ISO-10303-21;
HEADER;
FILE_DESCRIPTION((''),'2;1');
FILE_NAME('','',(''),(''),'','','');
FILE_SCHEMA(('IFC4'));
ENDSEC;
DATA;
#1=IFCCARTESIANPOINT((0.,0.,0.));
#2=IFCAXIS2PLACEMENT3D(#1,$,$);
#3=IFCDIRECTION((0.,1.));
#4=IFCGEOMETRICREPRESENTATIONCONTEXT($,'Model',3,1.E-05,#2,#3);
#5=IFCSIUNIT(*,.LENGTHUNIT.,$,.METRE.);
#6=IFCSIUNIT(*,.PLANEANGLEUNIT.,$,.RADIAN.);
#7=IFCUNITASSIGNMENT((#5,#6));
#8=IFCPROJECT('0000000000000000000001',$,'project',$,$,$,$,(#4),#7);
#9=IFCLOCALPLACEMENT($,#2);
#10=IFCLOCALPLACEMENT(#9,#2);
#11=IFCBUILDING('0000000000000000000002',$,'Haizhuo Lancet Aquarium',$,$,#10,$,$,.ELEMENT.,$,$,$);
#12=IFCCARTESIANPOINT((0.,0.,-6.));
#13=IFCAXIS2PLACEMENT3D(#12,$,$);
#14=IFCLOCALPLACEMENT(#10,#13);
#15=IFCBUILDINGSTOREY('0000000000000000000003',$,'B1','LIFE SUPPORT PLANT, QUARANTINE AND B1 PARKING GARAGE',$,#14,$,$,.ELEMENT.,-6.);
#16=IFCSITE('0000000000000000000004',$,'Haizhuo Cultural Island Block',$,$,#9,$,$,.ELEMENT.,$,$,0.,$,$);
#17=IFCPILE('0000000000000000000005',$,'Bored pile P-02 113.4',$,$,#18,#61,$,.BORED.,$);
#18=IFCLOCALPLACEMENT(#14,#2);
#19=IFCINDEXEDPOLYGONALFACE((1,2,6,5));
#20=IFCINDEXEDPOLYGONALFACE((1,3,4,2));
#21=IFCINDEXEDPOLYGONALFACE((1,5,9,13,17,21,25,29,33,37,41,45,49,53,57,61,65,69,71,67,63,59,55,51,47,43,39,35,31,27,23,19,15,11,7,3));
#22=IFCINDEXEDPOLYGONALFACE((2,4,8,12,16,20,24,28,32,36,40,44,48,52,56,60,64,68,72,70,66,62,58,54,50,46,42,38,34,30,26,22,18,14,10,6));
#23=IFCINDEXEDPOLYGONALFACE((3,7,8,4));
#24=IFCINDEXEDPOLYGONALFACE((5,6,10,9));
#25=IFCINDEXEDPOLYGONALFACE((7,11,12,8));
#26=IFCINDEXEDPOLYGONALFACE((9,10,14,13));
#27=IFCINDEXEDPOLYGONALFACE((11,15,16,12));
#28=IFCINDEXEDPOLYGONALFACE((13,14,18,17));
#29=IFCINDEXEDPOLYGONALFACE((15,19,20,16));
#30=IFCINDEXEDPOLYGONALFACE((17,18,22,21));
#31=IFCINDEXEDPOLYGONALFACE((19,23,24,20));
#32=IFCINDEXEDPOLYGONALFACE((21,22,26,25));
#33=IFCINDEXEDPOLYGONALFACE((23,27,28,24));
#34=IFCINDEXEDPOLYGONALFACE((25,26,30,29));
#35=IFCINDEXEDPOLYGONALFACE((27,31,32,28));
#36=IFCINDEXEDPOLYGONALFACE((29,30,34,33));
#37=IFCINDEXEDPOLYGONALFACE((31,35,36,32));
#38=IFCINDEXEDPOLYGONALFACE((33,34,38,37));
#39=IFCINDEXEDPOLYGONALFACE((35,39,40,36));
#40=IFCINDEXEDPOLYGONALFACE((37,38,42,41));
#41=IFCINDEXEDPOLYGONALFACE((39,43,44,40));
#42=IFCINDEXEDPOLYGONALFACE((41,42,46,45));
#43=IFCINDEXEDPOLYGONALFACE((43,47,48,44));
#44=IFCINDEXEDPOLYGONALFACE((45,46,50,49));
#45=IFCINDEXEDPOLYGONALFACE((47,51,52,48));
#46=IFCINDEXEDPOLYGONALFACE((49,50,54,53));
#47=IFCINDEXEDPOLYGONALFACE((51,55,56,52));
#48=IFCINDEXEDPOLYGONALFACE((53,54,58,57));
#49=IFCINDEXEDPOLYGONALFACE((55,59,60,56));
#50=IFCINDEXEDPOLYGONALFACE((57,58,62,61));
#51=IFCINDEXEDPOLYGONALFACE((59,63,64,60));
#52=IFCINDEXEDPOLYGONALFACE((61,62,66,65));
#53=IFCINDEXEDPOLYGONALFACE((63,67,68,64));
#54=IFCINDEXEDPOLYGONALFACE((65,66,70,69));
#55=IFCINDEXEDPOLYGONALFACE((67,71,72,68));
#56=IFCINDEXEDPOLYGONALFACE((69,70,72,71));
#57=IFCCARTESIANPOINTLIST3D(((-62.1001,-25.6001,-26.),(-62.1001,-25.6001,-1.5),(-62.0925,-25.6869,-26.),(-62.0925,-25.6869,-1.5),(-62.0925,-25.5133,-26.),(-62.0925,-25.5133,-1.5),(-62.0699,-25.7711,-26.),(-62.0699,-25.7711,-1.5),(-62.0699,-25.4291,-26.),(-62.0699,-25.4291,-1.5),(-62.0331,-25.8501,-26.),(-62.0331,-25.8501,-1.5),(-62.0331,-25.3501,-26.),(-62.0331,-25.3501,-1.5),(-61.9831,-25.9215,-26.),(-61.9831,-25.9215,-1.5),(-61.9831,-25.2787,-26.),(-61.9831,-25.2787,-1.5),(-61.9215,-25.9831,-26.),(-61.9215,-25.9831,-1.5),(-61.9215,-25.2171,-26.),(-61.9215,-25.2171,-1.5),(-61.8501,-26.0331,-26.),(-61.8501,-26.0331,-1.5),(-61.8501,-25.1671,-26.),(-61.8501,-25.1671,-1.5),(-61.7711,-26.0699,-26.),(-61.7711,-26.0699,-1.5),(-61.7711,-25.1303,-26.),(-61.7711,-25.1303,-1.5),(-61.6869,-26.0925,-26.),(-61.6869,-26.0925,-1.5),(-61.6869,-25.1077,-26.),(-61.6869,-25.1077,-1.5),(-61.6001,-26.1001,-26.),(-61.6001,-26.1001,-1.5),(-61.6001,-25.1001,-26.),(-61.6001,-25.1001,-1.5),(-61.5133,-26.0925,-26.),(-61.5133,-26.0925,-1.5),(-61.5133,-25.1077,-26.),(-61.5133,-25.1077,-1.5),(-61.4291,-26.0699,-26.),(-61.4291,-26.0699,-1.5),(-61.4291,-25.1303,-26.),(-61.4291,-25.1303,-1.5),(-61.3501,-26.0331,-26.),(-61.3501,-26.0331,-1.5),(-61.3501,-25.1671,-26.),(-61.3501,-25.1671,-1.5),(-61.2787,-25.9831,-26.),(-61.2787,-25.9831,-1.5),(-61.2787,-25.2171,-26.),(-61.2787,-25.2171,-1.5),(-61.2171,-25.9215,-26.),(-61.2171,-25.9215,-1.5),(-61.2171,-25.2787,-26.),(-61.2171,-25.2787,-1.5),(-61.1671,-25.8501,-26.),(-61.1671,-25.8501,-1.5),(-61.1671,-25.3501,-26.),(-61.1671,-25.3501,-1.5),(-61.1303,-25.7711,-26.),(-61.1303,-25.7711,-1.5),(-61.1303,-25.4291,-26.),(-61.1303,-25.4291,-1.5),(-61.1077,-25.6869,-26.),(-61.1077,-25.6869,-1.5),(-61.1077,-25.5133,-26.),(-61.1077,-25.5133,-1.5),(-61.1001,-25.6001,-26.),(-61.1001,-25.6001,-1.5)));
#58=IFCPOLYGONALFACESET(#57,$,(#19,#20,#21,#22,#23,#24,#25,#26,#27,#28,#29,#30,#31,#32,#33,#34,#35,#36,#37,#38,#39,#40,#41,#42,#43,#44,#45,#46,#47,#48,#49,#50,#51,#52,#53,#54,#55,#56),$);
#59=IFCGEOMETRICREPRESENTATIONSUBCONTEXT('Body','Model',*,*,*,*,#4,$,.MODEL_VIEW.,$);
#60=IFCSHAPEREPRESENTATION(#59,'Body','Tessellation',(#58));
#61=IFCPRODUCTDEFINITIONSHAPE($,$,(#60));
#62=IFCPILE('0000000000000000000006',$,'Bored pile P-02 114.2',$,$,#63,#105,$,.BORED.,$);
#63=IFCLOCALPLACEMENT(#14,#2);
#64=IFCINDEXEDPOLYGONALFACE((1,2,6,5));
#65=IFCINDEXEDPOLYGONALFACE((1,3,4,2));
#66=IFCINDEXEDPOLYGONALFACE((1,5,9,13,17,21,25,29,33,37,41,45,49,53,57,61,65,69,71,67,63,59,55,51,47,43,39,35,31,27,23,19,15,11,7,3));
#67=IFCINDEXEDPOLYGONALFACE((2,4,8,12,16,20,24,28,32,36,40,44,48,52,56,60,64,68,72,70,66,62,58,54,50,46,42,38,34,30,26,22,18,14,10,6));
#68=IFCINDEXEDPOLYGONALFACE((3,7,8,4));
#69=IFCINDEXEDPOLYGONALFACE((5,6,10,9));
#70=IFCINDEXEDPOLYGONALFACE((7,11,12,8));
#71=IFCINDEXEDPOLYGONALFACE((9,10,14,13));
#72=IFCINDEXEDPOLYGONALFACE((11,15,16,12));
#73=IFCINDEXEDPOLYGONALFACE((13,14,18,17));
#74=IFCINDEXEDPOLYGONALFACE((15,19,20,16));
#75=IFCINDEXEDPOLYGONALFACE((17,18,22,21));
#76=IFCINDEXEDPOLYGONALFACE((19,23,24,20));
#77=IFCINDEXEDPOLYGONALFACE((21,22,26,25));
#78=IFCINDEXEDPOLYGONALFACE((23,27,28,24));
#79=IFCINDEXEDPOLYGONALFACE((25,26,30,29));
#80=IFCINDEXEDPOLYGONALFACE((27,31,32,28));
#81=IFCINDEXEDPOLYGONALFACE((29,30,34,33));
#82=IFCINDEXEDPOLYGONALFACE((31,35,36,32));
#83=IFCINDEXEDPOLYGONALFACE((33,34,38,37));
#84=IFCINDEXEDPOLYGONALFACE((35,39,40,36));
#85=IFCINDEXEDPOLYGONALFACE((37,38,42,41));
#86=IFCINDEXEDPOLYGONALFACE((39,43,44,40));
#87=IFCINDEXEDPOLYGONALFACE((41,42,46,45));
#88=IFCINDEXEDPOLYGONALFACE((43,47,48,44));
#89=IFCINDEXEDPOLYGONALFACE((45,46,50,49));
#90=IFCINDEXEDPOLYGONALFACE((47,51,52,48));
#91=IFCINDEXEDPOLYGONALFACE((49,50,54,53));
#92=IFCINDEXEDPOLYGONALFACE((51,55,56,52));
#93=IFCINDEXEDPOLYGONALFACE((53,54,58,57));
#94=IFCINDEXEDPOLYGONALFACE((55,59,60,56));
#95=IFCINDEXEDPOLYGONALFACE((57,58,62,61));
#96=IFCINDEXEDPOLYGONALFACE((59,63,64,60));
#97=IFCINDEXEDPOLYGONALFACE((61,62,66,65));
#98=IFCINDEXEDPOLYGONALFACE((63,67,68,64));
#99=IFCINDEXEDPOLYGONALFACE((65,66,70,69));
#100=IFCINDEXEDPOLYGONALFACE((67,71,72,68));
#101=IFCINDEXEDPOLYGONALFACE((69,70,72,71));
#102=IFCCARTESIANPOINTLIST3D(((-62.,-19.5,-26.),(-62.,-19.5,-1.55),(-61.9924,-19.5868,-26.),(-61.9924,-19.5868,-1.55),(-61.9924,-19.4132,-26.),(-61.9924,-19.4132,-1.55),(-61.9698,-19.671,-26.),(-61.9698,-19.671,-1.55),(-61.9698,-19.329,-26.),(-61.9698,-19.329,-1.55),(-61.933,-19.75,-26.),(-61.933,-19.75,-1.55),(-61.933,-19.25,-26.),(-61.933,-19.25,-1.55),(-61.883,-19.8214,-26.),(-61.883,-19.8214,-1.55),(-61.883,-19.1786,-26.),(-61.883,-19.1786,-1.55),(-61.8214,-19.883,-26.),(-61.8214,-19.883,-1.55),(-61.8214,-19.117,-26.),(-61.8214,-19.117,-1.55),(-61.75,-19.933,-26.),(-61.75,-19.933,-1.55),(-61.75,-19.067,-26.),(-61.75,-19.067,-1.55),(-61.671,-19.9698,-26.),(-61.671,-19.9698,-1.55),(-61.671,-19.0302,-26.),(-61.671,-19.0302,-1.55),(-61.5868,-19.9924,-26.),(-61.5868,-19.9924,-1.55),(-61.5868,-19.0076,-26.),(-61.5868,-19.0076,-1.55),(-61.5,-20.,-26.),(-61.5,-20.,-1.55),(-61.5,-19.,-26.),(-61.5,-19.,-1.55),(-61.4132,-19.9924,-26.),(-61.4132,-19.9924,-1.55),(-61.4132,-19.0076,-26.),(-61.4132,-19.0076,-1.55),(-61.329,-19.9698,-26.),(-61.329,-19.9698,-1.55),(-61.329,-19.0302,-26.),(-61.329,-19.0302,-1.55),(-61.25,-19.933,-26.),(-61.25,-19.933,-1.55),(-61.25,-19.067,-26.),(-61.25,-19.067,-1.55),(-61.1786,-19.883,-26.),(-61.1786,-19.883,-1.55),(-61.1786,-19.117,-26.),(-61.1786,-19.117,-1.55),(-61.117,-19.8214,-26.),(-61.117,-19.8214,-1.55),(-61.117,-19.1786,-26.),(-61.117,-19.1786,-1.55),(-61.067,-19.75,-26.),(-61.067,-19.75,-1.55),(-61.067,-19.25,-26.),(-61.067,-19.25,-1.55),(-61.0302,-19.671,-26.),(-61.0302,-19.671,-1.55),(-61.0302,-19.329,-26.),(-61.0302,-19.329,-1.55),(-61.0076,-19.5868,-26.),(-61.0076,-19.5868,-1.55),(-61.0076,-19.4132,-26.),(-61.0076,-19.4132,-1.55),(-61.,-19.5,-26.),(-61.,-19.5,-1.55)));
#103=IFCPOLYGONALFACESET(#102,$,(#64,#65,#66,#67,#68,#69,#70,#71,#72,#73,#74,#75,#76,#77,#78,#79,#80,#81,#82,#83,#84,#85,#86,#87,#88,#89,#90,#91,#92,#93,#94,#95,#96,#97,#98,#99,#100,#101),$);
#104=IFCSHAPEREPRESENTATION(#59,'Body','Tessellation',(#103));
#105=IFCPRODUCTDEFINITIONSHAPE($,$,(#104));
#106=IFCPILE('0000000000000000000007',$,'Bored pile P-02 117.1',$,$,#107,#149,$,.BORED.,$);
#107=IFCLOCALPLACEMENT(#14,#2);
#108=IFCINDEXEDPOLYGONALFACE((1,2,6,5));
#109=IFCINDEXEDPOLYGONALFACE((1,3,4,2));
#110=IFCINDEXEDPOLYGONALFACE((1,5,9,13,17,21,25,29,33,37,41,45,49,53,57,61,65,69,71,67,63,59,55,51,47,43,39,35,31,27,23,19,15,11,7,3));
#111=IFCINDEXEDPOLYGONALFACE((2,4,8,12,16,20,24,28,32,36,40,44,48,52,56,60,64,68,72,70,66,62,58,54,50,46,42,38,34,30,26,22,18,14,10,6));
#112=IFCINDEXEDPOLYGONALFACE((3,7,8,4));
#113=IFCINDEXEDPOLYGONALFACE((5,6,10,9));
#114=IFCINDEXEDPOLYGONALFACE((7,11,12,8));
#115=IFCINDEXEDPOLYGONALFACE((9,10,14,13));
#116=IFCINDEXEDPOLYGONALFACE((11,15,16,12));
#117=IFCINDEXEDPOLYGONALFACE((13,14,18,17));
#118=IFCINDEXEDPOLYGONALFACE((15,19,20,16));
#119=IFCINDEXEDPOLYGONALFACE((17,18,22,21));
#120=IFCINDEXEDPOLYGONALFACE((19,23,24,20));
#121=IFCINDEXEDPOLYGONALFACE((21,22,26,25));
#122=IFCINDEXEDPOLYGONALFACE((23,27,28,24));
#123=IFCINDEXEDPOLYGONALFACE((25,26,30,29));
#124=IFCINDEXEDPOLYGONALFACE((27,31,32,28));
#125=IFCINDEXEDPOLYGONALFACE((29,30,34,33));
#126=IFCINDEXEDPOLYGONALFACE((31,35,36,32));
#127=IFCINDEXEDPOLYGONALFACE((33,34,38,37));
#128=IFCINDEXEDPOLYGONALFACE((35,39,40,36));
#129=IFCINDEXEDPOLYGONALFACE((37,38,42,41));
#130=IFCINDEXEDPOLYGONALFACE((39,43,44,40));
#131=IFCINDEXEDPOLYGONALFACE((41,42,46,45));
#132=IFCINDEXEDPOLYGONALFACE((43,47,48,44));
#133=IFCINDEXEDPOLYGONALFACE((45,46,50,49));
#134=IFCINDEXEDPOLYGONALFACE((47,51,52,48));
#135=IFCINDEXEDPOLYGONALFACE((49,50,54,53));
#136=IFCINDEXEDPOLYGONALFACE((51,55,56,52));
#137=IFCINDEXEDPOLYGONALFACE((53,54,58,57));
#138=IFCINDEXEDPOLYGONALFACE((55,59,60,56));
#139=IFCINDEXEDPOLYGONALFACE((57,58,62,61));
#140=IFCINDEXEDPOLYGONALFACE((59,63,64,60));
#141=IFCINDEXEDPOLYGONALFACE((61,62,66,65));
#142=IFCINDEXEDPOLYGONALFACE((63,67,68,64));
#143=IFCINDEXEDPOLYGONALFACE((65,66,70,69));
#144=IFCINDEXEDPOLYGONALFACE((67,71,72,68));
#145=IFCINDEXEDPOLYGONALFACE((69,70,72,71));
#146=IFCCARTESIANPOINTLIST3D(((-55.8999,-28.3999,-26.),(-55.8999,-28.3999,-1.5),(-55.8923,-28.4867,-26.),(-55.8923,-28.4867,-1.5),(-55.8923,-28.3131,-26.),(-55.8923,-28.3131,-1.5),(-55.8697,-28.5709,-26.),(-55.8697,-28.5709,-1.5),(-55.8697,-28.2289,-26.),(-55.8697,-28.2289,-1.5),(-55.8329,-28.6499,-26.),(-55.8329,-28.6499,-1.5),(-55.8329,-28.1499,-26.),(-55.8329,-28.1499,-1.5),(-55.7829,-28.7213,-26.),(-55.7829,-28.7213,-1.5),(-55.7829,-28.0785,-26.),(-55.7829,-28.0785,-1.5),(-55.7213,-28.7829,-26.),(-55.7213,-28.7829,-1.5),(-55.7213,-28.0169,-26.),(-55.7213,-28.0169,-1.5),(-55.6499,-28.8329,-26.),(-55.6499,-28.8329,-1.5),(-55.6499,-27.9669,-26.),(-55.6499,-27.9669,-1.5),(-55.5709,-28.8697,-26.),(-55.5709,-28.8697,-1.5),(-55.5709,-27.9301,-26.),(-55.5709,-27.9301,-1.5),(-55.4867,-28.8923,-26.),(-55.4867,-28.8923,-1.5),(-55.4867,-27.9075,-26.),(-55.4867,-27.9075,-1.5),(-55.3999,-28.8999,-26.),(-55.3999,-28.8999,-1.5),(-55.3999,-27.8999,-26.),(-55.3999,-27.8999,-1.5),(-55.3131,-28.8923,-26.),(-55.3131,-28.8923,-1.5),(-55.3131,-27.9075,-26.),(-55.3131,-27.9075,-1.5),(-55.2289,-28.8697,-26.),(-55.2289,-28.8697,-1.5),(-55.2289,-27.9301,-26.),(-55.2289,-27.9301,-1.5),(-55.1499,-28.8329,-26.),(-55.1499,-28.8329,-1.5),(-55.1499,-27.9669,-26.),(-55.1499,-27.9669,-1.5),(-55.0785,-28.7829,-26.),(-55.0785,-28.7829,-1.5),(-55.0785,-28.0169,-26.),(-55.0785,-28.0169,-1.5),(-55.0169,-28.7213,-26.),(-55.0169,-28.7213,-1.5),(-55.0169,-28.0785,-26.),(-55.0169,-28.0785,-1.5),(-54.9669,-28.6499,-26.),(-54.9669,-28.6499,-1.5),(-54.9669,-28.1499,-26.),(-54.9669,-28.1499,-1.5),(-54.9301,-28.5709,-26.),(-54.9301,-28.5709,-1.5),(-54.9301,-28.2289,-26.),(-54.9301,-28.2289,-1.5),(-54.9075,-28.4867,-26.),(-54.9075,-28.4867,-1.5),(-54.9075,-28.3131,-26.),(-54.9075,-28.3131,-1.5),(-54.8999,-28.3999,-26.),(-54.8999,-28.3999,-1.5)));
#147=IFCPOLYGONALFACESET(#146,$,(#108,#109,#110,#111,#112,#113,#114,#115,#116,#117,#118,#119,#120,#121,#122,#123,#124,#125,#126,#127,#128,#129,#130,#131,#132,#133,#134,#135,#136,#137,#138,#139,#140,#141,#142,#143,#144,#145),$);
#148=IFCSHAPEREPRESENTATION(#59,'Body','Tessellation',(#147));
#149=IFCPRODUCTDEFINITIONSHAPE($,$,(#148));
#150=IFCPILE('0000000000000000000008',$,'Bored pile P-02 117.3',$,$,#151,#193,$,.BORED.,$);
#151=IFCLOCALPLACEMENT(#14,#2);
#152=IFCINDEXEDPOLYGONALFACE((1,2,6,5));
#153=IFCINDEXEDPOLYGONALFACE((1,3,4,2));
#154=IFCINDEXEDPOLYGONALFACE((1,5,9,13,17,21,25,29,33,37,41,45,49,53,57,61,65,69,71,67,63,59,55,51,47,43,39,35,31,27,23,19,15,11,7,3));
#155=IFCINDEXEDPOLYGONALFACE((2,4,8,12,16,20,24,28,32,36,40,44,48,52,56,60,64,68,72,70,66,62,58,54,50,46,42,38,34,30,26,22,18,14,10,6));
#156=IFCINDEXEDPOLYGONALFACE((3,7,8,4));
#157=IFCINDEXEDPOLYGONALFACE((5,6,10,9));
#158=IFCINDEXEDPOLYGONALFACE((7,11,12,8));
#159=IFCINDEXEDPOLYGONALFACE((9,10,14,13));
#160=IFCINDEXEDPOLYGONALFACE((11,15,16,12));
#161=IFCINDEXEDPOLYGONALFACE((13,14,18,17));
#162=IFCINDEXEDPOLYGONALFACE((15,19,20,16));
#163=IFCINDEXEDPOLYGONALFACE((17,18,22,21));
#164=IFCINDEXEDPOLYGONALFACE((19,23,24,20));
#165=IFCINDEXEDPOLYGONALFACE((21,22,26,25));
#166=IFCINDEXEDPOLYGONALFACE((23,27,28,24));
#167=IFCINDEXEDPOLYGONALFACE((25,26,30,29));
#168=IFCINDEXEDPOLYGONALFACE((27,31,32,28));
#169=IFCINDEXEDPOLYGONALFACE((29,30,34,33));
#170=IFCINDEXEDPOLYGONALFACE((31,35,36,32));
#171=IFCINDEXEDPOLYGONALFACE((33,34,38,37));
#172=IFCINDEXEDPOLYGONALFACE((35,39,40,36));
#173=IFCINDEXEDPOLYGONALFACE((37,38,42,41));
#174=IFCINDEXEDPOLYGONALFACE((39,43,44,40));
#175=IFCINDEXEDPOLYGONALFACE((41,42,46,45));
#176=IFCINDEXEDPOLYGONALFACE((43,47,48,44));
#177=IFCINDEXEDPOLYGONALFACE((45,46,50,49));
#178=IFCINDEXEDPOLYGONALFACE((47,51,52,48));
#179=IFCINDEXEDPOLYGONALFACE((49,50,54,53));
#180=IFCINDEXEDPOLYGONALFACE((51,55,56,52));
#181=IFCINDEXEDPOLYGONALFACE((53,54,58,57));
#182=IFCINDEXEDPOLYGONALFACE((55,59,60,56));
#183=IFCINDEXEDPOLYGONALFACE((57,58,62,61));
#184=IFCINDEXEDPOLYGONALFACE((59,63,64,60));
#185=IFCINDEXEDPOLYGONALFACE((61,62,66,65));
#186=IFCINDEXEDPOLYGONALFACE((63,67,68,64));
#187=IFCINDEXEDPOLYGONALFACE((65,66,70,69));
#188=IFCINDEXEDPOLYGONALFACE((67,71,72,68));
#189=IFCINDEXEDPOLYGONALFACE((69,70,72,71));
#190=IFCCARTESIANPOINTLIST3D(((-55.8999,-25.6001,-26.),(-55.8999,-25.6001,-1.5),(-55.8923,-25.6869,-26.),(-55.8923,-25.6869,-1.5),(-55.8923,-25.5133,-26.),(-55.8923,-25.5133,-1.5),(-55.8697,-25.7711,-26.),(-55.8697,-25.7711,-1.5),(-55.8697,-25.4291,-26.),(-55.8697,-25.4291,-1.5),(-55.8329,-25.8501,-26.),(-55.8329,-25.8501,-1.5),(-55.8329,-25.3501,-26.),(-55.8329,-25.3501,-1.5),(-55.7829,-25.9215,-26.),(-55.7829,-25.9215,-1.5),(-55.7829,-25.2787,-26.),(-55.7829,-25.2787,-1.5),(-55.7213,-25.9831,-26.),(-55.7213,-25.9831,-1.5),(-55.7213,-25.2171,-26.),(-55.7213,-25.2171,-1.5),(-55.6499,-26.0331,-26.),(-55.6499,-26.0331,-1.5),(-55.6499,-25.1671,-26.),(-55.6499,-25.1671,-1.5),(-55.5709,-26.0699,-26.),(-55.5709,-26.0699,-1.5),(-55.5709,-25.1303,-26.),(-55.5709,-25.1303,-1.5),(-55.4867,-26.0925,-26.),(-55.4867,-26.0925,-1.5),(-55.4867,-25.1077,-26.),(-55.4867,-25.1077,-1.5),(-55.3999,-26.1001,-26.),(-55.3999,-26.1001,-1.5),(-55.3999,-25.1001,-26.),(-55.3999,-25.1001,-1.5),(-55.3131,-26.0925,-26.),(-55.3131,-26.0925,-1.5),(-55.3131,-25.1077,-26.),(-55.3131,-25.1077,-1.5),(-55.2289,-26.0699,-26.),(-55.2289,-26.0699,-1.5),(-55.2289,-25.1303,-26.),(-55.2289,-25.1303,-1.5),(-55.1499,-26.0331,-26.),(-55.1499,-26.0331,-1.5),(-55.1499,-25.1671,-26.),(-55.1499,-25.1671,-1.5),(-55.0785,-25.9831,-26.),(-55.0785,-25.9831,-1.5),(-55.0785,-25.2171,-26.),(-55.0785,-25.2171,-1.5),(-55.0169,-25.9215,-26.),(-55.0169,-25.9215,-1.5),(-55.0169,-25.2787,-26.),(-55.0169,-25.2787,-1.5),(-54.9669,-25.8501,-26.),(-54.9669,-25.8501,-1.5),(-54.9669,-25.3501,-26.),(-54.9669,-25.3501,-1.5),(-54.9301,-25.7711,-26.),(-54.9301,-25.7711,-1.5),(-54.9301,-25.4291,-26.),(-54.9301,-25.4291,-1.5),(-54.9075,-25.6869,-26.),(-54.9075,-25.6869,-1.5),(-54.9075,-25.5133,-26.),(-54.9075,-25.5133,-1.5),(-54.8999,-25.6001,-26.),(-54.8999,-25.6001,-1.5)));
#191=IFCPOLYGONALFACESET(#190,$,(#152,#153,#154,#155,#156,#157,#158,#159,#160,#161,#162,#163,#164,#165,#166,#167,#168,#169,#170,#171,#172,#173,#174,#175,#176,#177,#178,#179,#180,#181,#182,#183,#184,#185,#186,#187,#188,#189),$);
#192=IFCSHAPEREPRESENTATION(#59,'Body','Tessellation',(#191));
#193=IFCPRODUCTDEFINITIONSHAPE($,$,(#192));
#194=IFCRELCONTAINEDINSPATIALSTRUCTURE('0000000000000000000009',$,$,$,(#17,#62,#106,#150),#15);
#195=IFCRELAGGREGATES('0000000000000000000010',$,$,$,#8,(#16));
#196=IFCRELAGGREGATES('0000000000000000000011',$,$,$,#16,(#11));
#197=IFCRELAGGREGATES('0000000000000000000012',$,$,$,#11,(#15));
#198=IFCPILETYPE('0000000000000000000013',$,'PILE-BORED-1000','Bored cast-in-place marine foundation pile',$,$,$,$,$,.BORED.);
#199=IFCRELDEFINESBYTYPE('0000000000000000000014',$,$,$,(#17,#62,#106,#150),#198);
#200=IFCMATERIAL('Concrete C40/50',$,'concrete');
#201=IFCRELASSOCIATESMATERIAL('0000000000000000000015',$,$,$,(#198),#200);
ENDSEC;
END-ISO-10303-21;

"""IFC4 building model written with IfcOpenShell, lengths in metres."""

from ifc_helpers import new_model, si_unit, direction, frame, origin, origin_2d, place, context, subcontext, project, spatial, circle, extrude, material, material_profile, profile_set, type_object, element, save


model = new_model("IFC4")

# Units and contexts
model_context = context("Model", 3, precision=1e-05, world=origin(), true_north=direction((0.0, 1.0)))
body_context = subcontext(model_context, "Body", "Model", "MODEL_VIEW")
ifc_project = project(units=[si_unit("LENGTHUNIT", "METRE"), si_unit("PLANEANGLEUNIT", "RADIAN")], contexts=[model_context])

# Site, building, storey
site_placement = place(None, origin())
site = spatial("IfcSite", under=ifc_project, at=site_placement, Name="Haizhuo Cultural Island Block", CompositionType="ELEMENT", RefElevation=0.0)
building_placement = place(site_placement, origin())
building = spatial("IfcBuilding", under=site, at=building_placement, Name="Haizhuo Lancet Aquarium", CompositionType="ELEMENT")
storey_placement = place(building_placement, frame((0.0, 0.0, -6.0)))
storey = spatial("IfcBuildingStorey", under=building, at=storey_placement, Name="B1", Description="LIFE SUPPORT PLANT, QUARANTINE AND B1 PARKING GARAGE", CompositionType="ELEMENT", Elevation=-6.0)

# Shared definitions
ifc_material_1 = material(Name="Concrete C40/50", Category="concrete")

# Piles
ifc_material_profile_1 = material_profile(ifc_material_1, circle(Radius=0.5, at=origin_2d()), Name="PILE-1000")
ifc_profile_set_1 = profile_set([ifc_material_profile_1], Name="Concrete C40/50")
pile_type_1 = type_object("IfcPileType", Name="PILE-BORED-1000", Description="Bored cast-in-place marine foundation pile", PredefinedType="BORED", material=ifc_profile_set_1)
for number, where, z_axis, x_axis, name in (
    (1, (-61.6001, -25.6001, -1.5), (0.0, 0.0, -1.0), (1.0, 0.0, 0.0), "Bored pile P-02 113.4"),
):
    element("IfcPile", number, at=place(storey_placement, frame(where, z_axis=z_axis, x_axis=x_axis)), inside=storey, type_object=pile_type_1, Name=name, PredefinedType="BORED", context=body_context, shape_type="SweptSolid", body=[
        extrude(circle(Radius=0.5, at=origin_2d()), origin(), (0.0, 0.0, 1.0), 24.5),
    ])
pile_1_placement = place(storey_placement, frame((-61.5, -19.5, -1.55), z_axis=(0.0, 0.0, -1.0), x_axis=(1.0, 0.0, 0.0)))
element("IfcPile", 2, at=pile_1_placement, inside=storey, type_object=pile_type_1, Name="Bored pile P-02 114.2", PredefinedType="BORED", context=body_context, shape_type="SweptSolid", body=[
    extrude(circle(Radius=0.5, at=origin_2d()), origin(), (0.0, 0.0, 1.0), 24.45),
])
for number, where, z_axis, x_axis, name in (
    (3, (-55.3999, -28.3999, -1.5), (0.0, 0.0, -1.0), (1.0, 0.0, 0.0), "Bored pile P-02 117.1"),
    (4, (-55.3999, -25.6001, -1.5), (0.0, 0.0, -1.0), (1.0, 0.0, 0.0), "Bored pile P-02 117.3"),
):
    element("IfcPile", number, at=place(storey_placement, frame(where, z_axis=z_axis, x_axis=x_axis)), inside=storey, type_object=pile_type_1, Name=name, PredefinedType="BORED", context=body_context, shape_type="SweptSolid", body=[
        extrude(circle(Radius=0.5, at=origin_2d()), origin(), (0.0, 0.0, 1.0), 24.5),
    ])

save(model, "model.ifc")
